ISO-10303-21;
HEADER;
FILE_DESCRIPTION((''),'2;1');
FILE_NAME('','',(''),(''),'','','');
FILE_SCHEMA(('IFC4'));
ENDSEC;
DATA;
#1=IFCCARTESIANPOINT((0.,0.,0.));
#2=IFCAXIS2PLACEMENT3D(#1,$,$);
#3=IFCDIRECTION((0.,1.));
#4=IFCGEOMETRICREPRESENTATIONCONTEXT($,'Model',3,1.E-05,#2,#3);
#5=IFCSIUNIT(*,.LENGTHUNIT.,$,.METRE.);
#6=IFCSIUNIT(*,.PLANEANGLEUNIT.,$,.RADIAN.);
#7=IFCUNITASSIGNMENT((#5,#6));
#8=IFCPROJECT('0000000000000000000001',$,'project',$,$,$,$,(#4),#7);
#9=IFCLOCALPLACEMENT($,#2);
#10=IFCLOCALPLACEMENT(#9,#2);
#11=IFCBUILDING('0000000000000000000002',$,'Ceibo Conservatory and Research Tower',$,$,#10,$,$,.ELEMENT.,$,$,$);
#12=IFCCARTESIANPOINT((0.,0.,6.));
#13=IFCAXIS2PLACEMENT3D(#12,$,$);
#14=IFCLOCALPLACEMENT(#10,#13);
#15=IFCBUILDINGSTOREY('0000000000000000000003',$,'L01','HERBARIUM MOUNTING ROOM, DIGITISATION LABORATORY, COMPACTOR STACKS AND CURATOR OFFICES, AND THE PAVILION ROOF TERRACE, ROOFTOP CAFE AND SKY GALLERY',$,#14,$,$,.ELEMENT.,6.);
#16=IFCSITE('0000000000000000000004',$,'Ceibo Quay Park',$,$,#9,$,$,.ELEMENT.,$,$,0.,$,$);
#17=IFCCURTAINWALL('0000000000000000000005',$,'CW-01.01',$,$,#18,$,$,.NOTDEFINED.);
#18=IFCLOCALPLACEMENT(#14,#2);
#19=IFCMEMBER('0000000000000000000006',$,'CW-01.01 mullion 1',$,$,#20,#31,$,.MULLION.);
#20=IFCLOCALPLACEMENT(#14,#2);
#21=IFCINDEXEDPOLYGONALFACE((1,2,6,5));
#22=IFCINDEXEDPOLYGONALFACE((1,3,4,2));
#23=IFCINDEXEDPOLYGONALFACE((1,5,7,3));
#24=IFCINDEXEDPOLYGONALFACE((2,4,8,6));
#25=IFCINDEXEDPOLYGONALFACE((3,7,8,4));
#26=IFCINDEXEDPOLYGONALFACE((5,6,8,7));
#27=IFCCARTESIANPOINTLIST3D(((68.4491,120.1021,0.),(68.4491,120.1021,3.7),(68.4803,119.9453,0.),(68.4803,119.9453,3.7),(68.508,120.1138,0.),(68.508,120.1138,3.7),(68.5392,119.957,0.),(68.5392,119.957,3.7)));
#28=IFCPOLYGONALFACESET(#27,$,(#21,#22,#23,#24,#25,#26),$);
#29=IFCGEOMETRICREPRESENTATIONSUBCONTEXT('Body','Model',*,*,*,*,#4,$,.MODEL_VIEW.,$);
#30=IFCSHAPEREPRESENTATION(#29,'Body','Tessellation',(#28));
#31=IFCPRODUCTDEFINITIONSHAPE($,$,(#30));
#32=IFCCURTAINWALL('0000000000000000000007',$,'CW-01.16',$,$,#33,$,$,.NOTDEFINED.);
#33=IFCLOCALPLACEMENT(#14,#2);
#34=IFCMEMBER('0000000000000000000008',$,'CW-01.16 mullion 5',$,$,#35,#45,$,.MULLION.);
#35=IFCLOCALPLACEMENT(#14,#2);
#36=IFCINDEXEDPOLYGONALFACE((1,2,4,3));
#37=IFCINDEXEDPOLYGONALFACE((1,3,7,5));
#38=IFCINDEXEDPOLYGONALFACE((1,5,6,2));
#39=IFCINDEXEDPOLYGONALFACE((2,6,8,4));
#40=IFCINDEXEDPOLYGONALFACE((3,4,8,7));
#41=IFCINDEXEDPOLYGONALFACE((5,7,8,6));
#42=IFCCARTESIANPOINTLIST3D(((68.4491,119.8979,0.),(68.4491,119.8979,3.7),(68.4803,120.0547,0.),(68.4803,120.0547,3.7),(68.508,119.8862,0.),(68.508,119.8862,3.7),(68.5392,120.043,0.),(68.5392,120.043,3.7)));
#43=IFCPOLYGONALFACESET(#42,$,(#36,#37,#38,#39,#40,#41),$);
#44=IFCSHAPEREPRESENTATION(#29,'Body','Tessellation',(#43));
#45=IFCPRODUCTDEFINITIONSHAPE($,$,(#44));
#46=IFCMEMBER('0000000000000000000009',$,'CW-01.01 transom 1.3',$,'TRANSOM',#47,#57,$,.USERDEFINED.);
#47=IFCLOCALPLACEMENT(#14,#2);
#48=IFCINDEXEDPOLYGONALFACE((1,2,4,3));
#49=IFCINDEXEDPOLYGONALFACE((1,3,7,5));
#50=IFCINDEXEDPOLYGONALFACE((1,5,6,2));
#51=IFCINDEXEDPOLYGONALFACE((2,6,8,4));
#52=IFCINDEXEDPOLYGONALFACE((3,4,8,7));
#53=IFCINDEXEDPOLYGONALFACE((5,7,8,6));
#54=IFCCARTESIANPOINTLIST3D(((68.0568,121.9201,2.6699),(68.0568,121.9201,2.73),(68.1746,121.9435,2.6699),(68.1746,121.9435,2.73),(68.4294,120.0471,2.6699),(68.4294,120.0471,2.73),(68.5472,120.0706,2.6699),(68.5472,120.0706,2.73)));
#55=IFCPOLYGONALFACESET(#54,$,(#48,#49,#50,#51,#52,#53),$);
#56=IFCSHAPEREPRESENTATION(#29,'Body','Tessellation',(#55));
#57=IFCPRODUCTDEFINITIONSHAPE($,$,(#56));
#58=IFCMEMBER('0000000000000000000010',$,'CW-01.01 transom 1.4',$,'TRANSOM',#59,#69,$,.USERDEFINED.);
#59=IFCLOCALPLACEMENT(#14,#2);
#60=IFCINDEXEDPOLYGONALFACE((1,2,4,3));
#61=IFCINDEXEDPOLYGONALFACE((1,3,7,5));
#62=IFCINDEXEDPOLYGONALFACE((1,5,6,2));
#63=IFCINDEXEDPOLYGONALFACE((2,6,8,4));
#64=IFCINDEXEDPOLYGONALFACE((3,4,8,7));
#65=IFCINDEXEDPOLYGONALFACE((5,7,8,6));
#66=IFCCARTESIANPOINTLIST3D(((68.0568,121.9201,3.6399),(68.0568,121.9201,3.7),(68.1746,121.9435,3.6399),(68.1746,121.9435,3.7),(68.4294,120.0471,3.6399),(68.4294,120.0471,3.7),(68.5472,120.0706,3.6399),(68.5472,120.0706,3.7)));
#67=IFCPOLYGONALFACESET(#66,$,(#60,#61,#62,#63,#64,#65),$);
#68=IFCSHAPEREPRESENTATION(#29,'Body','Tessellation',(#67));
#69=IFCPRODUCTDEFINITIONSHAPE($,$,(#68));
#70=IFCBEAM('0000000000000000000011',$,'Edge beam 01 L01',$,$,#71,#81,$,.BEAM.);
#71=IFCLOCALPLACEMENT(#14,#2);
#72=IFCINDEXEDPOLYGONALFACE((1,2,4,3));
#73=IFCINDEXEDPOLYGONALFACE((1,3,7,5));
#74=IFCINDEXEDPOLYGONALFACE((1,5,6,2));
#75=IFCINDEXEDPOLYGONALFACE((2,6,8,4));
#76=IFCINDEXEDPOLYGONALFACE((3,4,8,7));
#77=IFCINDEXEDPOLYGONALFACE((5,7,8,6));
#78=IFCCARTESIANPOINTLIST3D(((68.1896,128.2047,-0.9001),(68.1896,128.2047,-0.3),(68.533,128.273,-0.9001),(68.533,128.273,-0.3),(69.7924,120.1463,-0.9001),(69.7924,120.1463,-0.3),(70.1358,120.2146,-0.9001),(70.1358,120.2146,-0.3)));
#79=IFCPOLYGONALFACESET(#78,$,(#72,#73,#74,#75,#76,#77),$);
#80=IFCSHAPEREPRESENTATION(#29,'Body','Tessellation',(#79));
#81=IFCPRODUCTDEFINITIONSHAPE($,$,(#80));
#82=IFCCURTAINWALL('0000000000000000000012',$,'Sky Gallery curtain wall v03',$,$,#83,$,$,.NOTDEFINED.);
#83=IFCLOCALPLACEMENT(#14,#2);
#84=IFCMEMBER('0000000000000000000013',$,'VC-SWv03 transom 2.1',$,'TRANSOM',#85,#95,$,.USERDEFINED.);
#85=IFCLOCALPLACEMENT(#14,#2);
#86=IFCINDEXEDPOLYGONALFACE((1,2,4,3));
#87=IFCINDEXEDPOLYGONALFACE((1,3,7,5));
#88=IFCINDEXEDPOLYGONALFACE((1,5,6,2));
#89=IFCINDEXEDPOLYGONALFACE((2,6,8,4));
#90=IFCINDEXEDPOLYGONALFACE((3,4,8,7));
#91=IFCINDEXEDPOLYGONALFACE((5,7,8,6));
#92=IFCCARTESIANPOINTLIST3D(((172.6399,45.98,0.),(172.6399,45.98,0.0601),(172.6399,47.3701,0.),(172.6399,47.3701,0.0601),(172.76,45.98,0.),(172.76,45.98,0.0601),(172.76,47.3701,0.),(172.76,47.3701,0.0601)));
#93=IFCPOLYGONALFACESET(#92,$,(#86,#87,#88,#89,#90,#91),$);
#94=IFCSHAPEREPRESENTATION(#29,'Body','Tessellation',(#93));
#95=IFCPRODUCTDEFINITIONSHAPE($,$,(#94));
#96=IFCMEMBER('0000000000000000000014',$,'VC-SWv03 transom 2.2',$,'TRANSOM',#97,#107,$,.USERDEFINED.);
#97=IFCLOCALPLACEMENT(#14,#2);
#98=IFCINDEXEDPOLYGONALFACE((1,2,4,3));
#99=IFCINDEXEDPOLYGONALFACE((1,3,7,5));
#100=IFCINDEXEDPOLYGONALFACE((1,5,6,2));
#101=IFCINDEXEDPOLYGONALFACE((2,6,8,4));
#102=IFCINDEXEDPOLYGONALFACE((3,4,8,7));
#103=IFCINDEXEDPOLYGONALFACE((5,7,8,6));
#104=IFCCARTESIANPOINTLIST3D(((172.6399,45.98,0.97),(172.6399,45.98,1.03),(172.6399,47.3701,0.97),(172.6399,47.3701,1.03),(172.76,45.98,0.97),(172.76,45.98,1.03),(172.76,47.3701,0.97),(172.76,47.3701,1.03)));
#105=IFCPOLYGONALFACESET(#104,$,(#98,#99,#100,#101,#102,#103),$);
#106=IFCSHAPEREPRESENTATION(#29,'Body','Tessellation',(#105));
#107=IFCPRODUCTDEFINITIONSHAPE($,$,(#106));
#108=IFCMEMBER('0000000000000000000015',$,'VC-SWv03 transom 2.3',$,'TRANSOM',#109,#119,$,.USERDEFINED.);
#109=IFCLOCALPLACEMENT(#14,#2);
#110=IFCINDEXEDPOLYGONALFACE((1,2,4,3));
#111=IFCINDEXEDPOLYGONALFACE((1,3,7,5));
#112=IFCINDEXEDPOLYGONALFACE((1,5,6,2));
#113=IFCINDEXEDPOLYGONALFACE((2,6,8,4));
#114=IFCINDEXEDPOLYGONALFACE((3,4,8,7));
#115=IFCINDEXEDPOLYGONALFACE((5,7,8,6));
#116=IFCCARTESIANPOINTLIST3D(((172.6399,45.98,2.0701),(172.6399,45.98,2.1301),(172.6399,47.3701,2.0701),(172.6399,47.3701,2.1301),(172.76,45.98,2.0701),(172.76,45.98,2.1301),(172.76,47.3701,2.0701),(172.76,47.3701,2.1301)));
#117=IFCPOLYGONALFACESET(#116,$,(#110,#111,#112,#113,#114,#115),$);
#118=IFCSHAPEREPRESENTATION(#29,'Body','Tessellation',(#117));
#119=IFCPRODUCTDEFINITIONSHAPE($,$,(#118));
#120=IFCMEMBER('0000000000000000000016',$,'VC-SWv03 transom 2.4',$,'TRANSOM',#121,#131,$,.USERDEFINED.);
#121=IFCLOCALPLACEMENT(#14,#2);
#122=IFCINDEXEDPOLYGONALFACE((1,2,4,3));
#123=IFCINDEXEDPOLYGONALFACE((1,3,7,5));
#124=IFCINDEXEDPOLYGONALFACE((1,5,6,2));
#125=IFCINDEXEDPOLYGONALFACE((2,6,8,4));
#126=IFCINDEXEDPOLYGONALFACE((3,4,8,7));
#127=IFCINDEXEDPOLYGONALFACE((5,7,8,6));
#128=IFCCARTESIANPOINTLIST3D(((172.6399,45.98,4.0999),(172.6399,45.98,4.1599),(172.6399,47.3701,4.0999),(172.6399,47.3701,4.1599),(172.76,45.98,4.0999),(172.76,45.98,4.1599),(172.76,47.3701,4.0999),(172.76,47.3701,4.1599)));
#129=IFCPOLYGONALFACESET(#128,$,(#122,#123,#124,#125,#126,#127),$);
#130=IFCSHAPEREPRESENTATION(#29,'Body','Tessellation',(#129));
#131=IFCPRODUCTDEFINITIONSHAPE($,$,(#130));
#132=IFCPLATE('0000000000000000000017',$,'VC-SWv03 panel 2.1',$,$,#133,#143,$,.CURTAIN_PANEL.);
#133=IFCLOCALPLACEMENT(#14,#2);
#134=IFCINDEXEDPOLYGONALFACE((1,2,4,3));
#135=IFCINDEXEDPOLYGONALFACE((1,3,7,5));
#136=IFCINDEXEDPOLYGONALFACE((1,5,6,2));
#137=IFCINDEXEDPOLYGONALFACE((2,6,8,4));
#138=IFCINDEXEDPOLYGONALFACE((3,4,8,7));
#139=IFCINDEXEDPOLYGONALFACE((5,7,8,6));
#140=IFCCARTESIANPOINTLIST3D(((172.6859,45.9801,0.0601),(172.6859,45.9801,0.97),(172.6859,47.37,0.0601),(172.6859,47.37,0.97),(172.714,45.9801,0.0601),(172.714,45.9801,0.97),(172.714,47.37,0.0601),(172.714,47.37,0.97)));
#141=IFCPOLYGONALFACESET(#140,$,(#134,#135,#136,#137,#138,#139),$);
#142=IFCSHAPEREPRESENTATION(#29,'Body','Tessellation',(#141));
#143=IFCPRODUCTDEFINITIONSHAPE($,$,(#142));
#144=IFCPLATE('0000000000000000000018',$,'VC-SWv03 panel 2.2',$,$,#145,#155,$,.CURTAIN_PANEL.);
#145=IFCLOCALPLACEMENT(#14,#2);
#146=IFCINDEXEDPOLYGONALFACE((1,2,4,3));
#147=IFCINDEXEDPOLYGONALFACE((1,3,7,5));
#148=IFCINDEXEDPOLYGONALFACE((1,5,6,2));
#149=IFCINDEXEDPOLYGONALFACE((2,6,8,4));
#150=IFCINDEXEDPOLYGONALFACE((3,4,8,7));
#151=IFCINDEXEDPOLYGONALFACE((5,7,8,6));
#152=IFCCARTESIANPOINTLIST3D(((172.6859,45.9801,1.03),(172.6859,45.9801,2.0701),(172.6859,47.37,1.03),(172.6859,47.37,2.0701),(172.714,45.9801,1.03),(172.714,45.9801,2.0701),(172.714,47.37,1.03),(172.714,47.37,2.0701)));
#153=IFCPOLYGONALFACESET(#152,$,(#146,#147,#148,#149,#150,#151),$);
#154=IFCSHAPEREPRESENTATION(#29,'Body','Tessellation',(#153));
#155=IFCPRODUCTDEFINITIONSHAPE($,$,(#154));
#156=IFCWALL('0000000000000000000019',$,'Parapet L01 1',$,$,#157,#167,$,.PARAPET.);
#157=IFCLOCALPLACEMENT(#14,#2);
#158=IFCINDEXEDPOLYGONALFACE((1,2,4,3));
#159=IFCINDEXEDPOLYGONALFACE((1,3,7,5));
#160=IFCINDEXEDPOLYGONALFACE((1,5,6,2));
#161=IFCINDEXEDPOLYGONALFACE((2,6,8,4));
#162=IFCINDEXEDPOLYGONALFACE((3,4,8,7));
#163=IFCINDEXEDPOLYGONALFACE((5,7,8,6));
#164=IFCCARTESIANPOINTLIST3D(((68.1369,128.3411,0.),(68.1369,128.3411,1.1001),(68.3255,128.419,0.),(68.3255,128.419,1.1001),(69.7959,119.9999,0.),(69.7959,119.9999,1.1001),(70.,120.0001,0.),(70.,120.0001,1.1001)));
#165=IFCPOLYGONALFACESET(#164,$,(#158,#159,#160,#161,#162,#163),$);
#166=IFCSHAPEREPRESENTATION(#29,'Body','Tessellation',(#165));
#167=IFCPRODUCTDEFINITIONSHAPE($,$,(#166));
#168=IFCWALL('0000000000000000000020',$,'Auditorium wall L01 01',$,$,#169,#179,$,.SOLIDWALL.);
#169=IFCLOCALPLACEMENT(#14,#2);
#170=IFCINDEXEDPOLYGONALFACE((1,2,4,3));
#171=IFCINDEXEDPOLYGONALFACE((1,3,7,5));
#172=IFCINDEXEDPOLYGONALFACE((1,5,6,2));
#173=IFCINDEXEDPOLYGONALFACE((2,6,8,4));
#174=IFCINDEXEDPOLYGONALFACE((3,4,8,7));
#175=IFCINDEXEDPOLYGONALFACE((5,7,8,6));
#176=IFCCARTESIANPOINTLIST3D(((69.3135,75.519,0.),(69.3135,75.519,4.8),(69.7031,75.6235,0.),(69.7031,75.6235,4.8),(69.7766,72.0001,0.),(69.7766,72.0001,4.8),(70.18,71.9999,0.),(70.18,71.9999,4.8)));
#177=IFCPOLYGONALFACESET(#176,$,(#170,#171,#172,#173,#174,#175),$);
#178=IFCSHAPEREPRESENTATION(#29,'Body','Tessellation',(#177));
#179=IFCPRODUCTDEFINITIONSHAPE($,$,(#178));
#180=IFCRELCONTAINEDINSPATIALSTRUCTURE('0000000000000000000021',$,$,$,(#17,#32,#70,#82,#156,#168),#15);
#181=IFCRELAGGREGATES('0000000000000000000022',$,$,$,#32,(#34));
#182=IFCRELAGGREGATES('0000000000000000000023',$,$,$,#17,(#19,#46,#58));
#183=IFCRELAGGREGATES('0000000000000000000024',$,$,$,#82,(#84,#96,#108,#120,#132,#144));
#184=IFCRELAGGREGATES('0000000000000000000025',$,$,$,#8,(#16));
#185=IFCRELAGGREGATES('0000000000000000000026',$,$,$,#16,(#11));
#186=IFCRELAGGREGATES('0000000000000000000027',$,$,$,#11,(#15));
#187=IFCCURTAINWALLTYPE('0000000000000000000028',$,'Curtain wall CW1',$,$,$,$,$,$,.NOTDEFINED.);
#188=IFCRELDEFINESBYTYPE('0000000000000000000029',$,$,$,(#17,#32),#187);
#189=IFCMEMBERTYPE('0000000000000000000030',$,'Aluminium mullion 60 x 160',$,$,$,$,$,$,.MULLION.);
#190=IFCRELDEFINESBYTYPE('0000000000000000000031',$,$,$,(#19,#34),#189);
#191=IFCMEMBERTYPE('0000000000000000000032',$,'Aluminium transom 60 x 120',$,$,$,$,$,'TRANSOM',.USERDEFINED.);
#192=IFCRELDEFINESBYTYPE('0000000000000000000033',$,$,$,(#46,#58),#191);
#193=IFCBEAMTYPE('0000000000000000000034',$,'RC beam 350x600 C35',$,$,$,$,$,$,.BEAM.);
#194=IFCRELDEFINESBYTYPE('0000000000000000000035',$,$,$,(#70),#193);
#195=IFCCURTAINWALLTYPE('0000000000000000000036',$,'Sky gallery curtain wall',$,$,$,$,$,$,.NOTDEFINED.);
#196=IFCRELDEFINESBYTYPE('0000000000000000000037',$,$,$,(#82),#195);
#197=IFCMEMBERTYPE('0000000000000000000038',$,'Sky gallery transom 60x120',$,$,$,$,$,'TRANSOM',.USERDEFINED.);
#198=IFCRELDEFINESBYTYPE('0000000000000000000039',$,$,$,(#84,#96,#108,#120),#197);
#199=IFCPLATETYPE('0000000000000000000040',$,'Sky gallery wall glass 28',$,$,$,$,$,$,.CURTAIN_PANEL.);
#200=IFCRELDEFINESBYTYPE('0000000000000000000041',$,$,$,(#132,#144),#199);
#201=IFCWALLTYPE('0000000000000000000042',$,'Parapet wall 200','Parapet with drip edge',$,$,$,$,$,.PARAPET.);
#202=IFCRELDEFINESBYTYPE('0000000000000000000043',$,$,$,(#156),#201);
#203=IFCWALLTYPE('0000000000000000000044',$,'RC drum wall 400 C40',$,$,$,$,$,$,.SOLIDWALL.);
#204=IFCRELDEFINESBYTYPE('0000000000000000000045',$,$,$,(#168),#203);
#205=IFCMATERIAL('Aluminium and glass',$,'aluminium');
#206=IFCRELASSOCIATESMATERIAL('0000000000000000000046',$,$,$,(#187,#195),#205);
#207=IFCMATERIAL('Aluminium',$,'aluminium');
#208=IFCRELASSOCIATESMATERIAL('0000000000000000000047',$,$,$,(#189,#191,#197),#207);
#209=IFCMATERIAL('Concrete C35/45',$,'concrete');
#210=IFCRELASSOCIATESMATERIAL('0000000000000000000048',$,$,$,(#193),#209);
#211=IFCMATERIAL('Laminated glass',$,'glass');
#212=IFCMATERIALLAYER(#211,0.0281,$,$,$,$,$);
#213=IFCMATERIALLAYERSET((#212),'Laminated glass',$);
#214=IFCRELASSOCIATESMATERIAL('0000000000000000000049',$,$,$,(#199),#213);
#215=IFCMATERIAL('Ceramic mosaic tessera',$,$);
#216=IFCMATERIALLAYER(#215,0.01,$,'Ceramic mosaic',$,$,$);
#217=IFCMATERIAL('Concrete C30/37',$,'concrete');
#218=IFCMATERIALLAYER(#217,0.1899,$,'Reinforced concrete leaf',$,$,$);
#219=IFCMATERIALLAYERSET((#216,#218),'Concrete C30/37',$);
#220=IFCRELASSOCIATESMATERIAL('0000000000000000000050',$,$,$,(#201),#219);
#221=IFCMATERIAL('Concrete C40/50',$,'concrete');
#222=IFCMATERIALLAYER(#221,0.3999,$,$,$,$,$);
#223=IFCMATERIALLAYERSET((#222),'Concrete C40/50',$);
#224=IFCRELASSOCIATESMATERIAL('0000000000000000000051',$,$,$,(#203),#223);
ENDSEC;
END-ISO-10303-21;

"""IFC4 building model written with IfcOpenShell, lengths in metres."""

from ifc_helpers import new_model, si_unit, direction, frame, origin, origin_2d, place, context, subcontext, project, spatial, polyline, rectangle, outline, extrude, material, layer, layer_set, material_profile, profile_set, type_object, element, aggregate, save


model = new_model("IFC4")

# Units and contexts
model_context = context("Model", 3, precision=1e-05, world=origin(), true_north=direction((0.0, 1.0)))
body_context = subcontext(model_context, "Body", "Model", "MODEL_VIEW")
ifc_project = project(units=[si_unit("LENGTHUNIT", "METRE"), si_unit("PLANEANGLEUNIT", "RADIAN")], contexts=[model_context])

# Site, building, storey
site_placement = place(None, origin())
site = spatial("IfcSite", under=ifc_project, at=site_placement, Name="Ceibo Quay Park", CompositionType="ELEMENT", RefElevation=0.0)
building_placement = place(site_placement, origin())
building = spatial("IfcBuilding", under=site, at=building_placement, Name="Ceibo Conservatory and Research Tower", CompositionType="ELEMENT")
storey_placement = place(building_placement, frame((0.0, 0.0, 6.0)))
storey = spatial("IfcBuildingStorey", under=building, at=storey_placement, Name="L01", Description="HERBARIUM MOUNTING ROOM, DIGITISATION LABORATORY, COMPACTOR STACKS AND CURATOR OFFICES, AND THE PAVILION ROOF TERRACE, ROOFTOP CAFE AND SKY GALLERY", CompositionType="ELEMENT", Elevation=6.0)

# Curtain walls, members
ifc_material_1 = material(Name="Aluminium and glass", Category="aluminium")
curtain_wall_type_1 = type_object("IfcCurtainWallType", Name="Curtain wall CW1", PredefinedType="NOTDEFINED", material=ifc_material_1)
curtain_wall_1_placement = place(storey_placement, origin())
curtain_wall_1 = element("IfcCurtainWall", 1, at=curtain_wall_1_placement, inside=storey, type_object=curtain_wall_type_1, Name="CW-01.01", PredefinedType="NOTDEFINED")
ifc_material_2 = material(Name="Aluminium", Category="aluminium")
ifc_material_profile_1 = material_profile(ifc_material_2, rectangle(XDim=0.0601, YDim=0.1599, at=origin_2d()), Name="Aluminium 60 x 160")
ifc_profile_set_1 = profile_set([ifc_material_profile_1], Name="Aluminium")
member_type_1 = type_object("IfcMemberType", Name="Aluminium mullion 60 x 160", PredefinedType="MULLION", material=ifc_profile_set_1)
member_1_placement = place(storey_placement, frame((68.4941, 120.0295, 0.0), z_axis=(0.0, 0.0, 1.0), x_axis=(-0.980785, -0.19509, 0.0)))
member_1 = element("IfcMember", 2, at=member_1_placement, type_object=member_type_1, Name="CW-01.01 mullion 1", PredefinedType="MULLION", context=body_context, shape_type="SweptSolid", body=[
    extrude(rectangle(XDim=0.0601, YDim=0.1599, at=origin_2d()), origin(), (0.0, 0.0, 1.0), 3.7),
])
curtain_wall_2_placement = place(storey_placement, origin())
curtain_wall_2 = element("IfcCurtainWall", 3, at=curtain_wall_2_placement, inside=storey, type_object=curtain_wall_type_1, Name="CW-01.16", PredefinedType="NOTDEFINED")
member_2_placement = place(storey_placement, frame((68.4941, 119.9705, 0.0), z_axis=(0.0, 0.0, 1.0), x_axis=(-0.980785, 0.19509, 0.0)))
member_2 = element("IfcMember", 4, at=member_2_placement, type_object=member_type_1, Name="CW-01.16 mullion 5", PredefinedType="MULLION", context=body_context, shape_type="SweptSolid", body=[
    extrude(rectangle(XDim=0.0601, YDim=0.1599, at=origin_2d()), origin(), (0.0, 0.0, 1.0), 3.7),
])
aggregate(curtain_wall_2, [member_2])

# Members
ifc_material_profile_2 = material_profile(ifc_material_2, rectangle(XDim=0.1201, YDim=0.0601, at=origin_2d()), Name="Aluminium 60 x 120")
ifc_profile_set_2 = profile_set([ifc_material_profile_2], Name="Aluminium")
member_type_2 = type_object("IfcMemberType", Name="Aluminium transom 60 x 120", ElementType="TRANSOM", PredefinedType="USERDEFINED", material=ifc_profile_set_2)
member_3_placement = place(storey_placement, frame((68.4883, 120.0588, 2.7), z_axis=(-0.195083, 0.980787, 0.0), x_axis=(-0.980787, -0.195083, 0.0)))
member_3 = element("IfcMember", 5, at=member_3_placement, type_object=member_type_2, Name="CW-01.01 transom 1.3", ObjectType="TRANSOM", PredefinedType="USERDEFINED", context=body_context, shape_type="SweptSolid", body=[
    extrude(rectangle(XDim=0.1201, YDim=0.0601, at=origin_2d()), origin(), (0.0, 0.0, 1.0), 1.9097),
])
member_4_placement = place(storey_placement, frame((68.4883, 120.0588, 3.6699), z_axis=(-0.195083, 0.980787, 0.0), x_axis=(-0.980787, -0.195083, 0.0)))
member_4 = element("IfcMember", 6, at=member_4_placement, type_object=member_type_2, Name="CW-01.01 transom 1.4", ObjectType="TRANSOM", PredefinedType="USERDEFINED", context=body_context, shape_type="SweptSolid", body=[
    extrude(rectangle(XDim=0.1201, YDim=0.0601, at=origin_2d()), origin(), (0.0, 0.0, 1.0), 1.9097),
])
aggregate(curtain_wall_1, [member_1, member_3, member_4])

# Beam
ifc_material_3 = material(Name="Concrete C35/45", Category="concrete")
ifc_material_profile_3 = material_profile(ifc_material_3, rectangle(XDim=0.3501, YDim=0.6001, at=origin_2d()), Name="RC 350x600")
ifc_profile_set_3 = profile_set([ifc_material_profile_3], Name="Concrete C35/45")
beam_type = type_object("IfcBeamType", Name="RC beam 350x600 C35", PredefinedType="BEAM", material=ifc_profile_set_3)
beam_placement = place(storey_placement, frame((69.9641, 120.1804, -0.6001), z_axis=(-0.195076, 0.980788, 0.0), x_axis=(-0.980788, -0.195076, 0.0)))
element("IfcBeam", 7, at=beam_placement, inside=storey, type_object=beam_type, Name="Edge beam 01 L01", PredefinedType="BEAM", context=body_context, shape_type="SweptSolid", body=[
    extrude(rectangle(XDim=0.3501, YDim=0.6001, at=origin_2d()), origin(), (0.0, 0.0, 1.0), 8.2163),
])

# Curtain wall, members, plates
curtain_wall_type_2 = type_object("IfcCurtainWallType", Name="Sky gallery curtain wall", PredefinedType="NOTDEFINED", material=ifc_material_1)
curtain_wall_3_placement = place(storey_placement, origin())
curtain_wall_3 = element("IfcCurtainWall", 8, at=curtain_wall_3_placement, inside=storey, type_object=curtain_wall_type_2, Name="Sky Gallery curtain wall v03", PredefinedType="NOTDEFINED")
ifc_material_profile_4 = material_profile(ifc_material_2, rectangle(XDim=0.1201, YDim=0.0601, at=origin_2d()), Name="AL 60x120")
ifc_profile_set_4 = profile_set([ifc_material_profile_4], Name="Aluminium")
member_type_3 = type_object("IfcMemberType", Name="Sky gallery transom 60x120", ElementType="TRANSOM", PredefinedType="USERDEFINED", material=ifc_profile_set_4)
member_5_placement = place(storey_placement, frame((172.7, 45.98, 0.03), z_axis=(0.0, 1.0, 0.0), x_axis=(-1.0, 0.0, 0.0)))
member_5 = element("IfcMember", 9, at=member_5_placement, type_object=member_type_3, Name="VC-SWv03 transom 2.1", ObjectType="TRANSOM", PredefinedType="USERDEFINED", context=body_context, shape_type="SweptSolid", body=[
    extrude(rectangle(XDim=0.1201, YDim=0.0601, at=origin_2d()), origin(), (0.0, 0.0, 1.0), 1.3901),
])
member_6_placement = place(storey_placement, frame((172.7, 45.98, 1.0), z_axis=(0.0, 1.0, 0.0), x_axis=(-1.0, 0.0, 0.0)))
member_6 = element("IfcMember", 10, at=member_6_placement, type_object=member_type_3, Name="VC-SWv03 transom 2.2", ObjectType="TRANSOM", PredefinedType="USERDEFINED", context=body_context, shape_type="SweptSolid", body=[
    extrude(rectangle(XDim=0.1201, YDim=0.0601, at=origin_2d()), origin(), (0.0, 0.0, 1.0), 1.3901),
])
member_7_placement = place(storey_placement, frame((172.7, 45.98, 2.1001), z_axis=(0.0, 1.0, 0.0), x_axis=(-1.0, 0.0, 0.0)))
member_7 = element("IfcMember", 11, at=member_7_placement, type_object=member_type_3, Name="VC-SWv03 transom 2.3", ObjectType="TRANSOM", PredefinedType="USERDEFINED", context=body_context, shape_type="SweptSolid", body=[
    extrude(rectangle(XDim=0.1201, YDim=0.0601, at=origin_2d()), origin(), (0.0, 0.0, 1.0), 1.3901),
])
member_8_placement = place(storey_placement, frame((172.7, 45.98, 4.1299), z_axis=(0.0, 1.0, 0.0), x_axis=(-1.0, 0.0, 0.0)))
member_8 = element("IfcMember", 12, at=member_8_placement, type_object=member_type_3, Name="VC-SWv03 transom 2.4", ObjectType="TRANSOM", PredefinedType="USERDEFINED", context=body_context, shape_type="SweptSolid", body=[
    extrude(rectangle(XDim=0.1201, YDim=0.0601, at=origin_2d()), origin(), (0.0, 0.0, 1.0), 1.3901),
])
ifc_material_4 = material(Name="Laminated glass", Category="glass")
ifc_layer_1 = layer(ifc_material_4, 0.0281)
ifc_layer_set_1 = layer_set([ifc_layer_1], Name="Laminated glass")
plate_type = type_object("IfcPlateType", Name="Sky gallery wall glass 28", PredefinedType="CURTAIN_PANEL", material=ifc_layer_set_1)
plate_1_placement = place(storey_placement, frame((172.7, 46.675, 0.0601), z_axis=(0.0, 0.0, 1.0), x_axis=(0.0, 1.0, 0.0)))
plate_1 = element("IfcPlate", 13, at=plate_1_placement, type_object=plate_type, Name="VC-SWv03 panel 2.1", PredefinedType="CURTAIN_PANEL", context=body_context, shape_type="SweptSolid", body=[
    extrude(rectangle(XDim=1.3899, YDim=0.0281, at=origin_2d()), origin(), (0.0, 0.0, 1.0), 0.9099),
])
plate_2_placement = place(storey_placement, frame((172.7, 46.675, 1.03), z_axis=(0.0, 0.0, 1.0), x_axis=(0.0, 1.0, 0.0)))
plate_2 = element("IfcPlate", 14, at=plate_2_placement, type_object=plate_type, Name="VC-SWv03 panel 2.2", PredefinedType="CURTAIN_PANEL", context=body_context, shape_type="SweptSolid", body=[
    extrude(rectangle(XDim=1.3899, YDim=0.0281, at=origin_2d()), origin(), (0.0, 0.0, 1.0), 1.04),
])
aggregate(curtain_wall_3, [member_5, member_6, member_7, member_8, plate_1, plate_2])

# Walls
ifc_material_5 = material(Name="Ceramic mosaic tessera")
ifc_layer_2 = layer(ifc_material_5, 0.01, Name="Ceramic mosaic")
ifc_material_6 = material(Name="Concrete C30/37", Category="concrete")
ifc_layer_3 = layer(ifc_material_6, 0.1899, Name="Reinforced concrete leaf")
ifc_layer_set_2 = layer_set([ifc_layer_2, ifc_layer_3], Name="Concrete C30/37")
wall_type_1 = type_object("IfcWallType", Name="Parapet wall 200", Description="Parapet with drip edge", PredefinedType="PARAPET", material=ifc_layer_set_2)
wall_1_placement = place(storey_placement, frame((69.8979, 120.0, 0.0), z_axis=(0.0, 0.0, 1.0), x_axis=(-0.195072, 0.980789, 0.0)))
element("IfcWall", 15, at=wall_1_placement, inside=storey, type_object=wall_type_1, Name="Parapet L01 1", PredefinedType="PARAPET", context=body_context, shape_type="SweptSolid", body=[
    extrude(outline(polyline([(-0.0198, -0.1001), (8.564, -0.1001), (8.5244, 0.1001), (0.0198, 0.1001), (-0.0198, -0.1001)])), origin(), (0.0, 0.0, 1.0), 1.1001),
])
ifc_material_7 = material(Name="Concrete C40/50", Category="concrete")
ifc_layer_4 = layer(ifc_material_7, 0.3999)
ifc_layer_set_3 = layer_set([ifc_layer_4], Name="Concrete C40/50")
wall_type_2 = type_object("IfcWallType", Name="RC drum wall 400 C40", PredefinedType="SOLIDWALL", material=ifc_layer_set_3)
for number, where, z_axis, x_axis, name in (
    (16, (69.9783, 72.0, 0.0), (0.0, 0.0, 1.0), (-0.130472, 0.991452, 0.0), "Auditorium wall L01 01"),
):
    element("IfcWall", number, at=place(storey_placement, frame(where, z_axis=z_axis, x_axis=x_axis)), inside=storey, type_object=wall_type_2, Name=name, PredefinedType="SOLIDWALL", context=body_context, shape_type="SweptSolid", body=[
        extrude(outline(polyline([(-0.0264, -0.2), (3.6284, -0.2), (3.5757, 0.2), (0.0264, 0.2), (-0.0264, -0.2)])), origin(), (0.0, 0.0, 1.0), 4.8),
    ])

save(model, "model.ifc")
